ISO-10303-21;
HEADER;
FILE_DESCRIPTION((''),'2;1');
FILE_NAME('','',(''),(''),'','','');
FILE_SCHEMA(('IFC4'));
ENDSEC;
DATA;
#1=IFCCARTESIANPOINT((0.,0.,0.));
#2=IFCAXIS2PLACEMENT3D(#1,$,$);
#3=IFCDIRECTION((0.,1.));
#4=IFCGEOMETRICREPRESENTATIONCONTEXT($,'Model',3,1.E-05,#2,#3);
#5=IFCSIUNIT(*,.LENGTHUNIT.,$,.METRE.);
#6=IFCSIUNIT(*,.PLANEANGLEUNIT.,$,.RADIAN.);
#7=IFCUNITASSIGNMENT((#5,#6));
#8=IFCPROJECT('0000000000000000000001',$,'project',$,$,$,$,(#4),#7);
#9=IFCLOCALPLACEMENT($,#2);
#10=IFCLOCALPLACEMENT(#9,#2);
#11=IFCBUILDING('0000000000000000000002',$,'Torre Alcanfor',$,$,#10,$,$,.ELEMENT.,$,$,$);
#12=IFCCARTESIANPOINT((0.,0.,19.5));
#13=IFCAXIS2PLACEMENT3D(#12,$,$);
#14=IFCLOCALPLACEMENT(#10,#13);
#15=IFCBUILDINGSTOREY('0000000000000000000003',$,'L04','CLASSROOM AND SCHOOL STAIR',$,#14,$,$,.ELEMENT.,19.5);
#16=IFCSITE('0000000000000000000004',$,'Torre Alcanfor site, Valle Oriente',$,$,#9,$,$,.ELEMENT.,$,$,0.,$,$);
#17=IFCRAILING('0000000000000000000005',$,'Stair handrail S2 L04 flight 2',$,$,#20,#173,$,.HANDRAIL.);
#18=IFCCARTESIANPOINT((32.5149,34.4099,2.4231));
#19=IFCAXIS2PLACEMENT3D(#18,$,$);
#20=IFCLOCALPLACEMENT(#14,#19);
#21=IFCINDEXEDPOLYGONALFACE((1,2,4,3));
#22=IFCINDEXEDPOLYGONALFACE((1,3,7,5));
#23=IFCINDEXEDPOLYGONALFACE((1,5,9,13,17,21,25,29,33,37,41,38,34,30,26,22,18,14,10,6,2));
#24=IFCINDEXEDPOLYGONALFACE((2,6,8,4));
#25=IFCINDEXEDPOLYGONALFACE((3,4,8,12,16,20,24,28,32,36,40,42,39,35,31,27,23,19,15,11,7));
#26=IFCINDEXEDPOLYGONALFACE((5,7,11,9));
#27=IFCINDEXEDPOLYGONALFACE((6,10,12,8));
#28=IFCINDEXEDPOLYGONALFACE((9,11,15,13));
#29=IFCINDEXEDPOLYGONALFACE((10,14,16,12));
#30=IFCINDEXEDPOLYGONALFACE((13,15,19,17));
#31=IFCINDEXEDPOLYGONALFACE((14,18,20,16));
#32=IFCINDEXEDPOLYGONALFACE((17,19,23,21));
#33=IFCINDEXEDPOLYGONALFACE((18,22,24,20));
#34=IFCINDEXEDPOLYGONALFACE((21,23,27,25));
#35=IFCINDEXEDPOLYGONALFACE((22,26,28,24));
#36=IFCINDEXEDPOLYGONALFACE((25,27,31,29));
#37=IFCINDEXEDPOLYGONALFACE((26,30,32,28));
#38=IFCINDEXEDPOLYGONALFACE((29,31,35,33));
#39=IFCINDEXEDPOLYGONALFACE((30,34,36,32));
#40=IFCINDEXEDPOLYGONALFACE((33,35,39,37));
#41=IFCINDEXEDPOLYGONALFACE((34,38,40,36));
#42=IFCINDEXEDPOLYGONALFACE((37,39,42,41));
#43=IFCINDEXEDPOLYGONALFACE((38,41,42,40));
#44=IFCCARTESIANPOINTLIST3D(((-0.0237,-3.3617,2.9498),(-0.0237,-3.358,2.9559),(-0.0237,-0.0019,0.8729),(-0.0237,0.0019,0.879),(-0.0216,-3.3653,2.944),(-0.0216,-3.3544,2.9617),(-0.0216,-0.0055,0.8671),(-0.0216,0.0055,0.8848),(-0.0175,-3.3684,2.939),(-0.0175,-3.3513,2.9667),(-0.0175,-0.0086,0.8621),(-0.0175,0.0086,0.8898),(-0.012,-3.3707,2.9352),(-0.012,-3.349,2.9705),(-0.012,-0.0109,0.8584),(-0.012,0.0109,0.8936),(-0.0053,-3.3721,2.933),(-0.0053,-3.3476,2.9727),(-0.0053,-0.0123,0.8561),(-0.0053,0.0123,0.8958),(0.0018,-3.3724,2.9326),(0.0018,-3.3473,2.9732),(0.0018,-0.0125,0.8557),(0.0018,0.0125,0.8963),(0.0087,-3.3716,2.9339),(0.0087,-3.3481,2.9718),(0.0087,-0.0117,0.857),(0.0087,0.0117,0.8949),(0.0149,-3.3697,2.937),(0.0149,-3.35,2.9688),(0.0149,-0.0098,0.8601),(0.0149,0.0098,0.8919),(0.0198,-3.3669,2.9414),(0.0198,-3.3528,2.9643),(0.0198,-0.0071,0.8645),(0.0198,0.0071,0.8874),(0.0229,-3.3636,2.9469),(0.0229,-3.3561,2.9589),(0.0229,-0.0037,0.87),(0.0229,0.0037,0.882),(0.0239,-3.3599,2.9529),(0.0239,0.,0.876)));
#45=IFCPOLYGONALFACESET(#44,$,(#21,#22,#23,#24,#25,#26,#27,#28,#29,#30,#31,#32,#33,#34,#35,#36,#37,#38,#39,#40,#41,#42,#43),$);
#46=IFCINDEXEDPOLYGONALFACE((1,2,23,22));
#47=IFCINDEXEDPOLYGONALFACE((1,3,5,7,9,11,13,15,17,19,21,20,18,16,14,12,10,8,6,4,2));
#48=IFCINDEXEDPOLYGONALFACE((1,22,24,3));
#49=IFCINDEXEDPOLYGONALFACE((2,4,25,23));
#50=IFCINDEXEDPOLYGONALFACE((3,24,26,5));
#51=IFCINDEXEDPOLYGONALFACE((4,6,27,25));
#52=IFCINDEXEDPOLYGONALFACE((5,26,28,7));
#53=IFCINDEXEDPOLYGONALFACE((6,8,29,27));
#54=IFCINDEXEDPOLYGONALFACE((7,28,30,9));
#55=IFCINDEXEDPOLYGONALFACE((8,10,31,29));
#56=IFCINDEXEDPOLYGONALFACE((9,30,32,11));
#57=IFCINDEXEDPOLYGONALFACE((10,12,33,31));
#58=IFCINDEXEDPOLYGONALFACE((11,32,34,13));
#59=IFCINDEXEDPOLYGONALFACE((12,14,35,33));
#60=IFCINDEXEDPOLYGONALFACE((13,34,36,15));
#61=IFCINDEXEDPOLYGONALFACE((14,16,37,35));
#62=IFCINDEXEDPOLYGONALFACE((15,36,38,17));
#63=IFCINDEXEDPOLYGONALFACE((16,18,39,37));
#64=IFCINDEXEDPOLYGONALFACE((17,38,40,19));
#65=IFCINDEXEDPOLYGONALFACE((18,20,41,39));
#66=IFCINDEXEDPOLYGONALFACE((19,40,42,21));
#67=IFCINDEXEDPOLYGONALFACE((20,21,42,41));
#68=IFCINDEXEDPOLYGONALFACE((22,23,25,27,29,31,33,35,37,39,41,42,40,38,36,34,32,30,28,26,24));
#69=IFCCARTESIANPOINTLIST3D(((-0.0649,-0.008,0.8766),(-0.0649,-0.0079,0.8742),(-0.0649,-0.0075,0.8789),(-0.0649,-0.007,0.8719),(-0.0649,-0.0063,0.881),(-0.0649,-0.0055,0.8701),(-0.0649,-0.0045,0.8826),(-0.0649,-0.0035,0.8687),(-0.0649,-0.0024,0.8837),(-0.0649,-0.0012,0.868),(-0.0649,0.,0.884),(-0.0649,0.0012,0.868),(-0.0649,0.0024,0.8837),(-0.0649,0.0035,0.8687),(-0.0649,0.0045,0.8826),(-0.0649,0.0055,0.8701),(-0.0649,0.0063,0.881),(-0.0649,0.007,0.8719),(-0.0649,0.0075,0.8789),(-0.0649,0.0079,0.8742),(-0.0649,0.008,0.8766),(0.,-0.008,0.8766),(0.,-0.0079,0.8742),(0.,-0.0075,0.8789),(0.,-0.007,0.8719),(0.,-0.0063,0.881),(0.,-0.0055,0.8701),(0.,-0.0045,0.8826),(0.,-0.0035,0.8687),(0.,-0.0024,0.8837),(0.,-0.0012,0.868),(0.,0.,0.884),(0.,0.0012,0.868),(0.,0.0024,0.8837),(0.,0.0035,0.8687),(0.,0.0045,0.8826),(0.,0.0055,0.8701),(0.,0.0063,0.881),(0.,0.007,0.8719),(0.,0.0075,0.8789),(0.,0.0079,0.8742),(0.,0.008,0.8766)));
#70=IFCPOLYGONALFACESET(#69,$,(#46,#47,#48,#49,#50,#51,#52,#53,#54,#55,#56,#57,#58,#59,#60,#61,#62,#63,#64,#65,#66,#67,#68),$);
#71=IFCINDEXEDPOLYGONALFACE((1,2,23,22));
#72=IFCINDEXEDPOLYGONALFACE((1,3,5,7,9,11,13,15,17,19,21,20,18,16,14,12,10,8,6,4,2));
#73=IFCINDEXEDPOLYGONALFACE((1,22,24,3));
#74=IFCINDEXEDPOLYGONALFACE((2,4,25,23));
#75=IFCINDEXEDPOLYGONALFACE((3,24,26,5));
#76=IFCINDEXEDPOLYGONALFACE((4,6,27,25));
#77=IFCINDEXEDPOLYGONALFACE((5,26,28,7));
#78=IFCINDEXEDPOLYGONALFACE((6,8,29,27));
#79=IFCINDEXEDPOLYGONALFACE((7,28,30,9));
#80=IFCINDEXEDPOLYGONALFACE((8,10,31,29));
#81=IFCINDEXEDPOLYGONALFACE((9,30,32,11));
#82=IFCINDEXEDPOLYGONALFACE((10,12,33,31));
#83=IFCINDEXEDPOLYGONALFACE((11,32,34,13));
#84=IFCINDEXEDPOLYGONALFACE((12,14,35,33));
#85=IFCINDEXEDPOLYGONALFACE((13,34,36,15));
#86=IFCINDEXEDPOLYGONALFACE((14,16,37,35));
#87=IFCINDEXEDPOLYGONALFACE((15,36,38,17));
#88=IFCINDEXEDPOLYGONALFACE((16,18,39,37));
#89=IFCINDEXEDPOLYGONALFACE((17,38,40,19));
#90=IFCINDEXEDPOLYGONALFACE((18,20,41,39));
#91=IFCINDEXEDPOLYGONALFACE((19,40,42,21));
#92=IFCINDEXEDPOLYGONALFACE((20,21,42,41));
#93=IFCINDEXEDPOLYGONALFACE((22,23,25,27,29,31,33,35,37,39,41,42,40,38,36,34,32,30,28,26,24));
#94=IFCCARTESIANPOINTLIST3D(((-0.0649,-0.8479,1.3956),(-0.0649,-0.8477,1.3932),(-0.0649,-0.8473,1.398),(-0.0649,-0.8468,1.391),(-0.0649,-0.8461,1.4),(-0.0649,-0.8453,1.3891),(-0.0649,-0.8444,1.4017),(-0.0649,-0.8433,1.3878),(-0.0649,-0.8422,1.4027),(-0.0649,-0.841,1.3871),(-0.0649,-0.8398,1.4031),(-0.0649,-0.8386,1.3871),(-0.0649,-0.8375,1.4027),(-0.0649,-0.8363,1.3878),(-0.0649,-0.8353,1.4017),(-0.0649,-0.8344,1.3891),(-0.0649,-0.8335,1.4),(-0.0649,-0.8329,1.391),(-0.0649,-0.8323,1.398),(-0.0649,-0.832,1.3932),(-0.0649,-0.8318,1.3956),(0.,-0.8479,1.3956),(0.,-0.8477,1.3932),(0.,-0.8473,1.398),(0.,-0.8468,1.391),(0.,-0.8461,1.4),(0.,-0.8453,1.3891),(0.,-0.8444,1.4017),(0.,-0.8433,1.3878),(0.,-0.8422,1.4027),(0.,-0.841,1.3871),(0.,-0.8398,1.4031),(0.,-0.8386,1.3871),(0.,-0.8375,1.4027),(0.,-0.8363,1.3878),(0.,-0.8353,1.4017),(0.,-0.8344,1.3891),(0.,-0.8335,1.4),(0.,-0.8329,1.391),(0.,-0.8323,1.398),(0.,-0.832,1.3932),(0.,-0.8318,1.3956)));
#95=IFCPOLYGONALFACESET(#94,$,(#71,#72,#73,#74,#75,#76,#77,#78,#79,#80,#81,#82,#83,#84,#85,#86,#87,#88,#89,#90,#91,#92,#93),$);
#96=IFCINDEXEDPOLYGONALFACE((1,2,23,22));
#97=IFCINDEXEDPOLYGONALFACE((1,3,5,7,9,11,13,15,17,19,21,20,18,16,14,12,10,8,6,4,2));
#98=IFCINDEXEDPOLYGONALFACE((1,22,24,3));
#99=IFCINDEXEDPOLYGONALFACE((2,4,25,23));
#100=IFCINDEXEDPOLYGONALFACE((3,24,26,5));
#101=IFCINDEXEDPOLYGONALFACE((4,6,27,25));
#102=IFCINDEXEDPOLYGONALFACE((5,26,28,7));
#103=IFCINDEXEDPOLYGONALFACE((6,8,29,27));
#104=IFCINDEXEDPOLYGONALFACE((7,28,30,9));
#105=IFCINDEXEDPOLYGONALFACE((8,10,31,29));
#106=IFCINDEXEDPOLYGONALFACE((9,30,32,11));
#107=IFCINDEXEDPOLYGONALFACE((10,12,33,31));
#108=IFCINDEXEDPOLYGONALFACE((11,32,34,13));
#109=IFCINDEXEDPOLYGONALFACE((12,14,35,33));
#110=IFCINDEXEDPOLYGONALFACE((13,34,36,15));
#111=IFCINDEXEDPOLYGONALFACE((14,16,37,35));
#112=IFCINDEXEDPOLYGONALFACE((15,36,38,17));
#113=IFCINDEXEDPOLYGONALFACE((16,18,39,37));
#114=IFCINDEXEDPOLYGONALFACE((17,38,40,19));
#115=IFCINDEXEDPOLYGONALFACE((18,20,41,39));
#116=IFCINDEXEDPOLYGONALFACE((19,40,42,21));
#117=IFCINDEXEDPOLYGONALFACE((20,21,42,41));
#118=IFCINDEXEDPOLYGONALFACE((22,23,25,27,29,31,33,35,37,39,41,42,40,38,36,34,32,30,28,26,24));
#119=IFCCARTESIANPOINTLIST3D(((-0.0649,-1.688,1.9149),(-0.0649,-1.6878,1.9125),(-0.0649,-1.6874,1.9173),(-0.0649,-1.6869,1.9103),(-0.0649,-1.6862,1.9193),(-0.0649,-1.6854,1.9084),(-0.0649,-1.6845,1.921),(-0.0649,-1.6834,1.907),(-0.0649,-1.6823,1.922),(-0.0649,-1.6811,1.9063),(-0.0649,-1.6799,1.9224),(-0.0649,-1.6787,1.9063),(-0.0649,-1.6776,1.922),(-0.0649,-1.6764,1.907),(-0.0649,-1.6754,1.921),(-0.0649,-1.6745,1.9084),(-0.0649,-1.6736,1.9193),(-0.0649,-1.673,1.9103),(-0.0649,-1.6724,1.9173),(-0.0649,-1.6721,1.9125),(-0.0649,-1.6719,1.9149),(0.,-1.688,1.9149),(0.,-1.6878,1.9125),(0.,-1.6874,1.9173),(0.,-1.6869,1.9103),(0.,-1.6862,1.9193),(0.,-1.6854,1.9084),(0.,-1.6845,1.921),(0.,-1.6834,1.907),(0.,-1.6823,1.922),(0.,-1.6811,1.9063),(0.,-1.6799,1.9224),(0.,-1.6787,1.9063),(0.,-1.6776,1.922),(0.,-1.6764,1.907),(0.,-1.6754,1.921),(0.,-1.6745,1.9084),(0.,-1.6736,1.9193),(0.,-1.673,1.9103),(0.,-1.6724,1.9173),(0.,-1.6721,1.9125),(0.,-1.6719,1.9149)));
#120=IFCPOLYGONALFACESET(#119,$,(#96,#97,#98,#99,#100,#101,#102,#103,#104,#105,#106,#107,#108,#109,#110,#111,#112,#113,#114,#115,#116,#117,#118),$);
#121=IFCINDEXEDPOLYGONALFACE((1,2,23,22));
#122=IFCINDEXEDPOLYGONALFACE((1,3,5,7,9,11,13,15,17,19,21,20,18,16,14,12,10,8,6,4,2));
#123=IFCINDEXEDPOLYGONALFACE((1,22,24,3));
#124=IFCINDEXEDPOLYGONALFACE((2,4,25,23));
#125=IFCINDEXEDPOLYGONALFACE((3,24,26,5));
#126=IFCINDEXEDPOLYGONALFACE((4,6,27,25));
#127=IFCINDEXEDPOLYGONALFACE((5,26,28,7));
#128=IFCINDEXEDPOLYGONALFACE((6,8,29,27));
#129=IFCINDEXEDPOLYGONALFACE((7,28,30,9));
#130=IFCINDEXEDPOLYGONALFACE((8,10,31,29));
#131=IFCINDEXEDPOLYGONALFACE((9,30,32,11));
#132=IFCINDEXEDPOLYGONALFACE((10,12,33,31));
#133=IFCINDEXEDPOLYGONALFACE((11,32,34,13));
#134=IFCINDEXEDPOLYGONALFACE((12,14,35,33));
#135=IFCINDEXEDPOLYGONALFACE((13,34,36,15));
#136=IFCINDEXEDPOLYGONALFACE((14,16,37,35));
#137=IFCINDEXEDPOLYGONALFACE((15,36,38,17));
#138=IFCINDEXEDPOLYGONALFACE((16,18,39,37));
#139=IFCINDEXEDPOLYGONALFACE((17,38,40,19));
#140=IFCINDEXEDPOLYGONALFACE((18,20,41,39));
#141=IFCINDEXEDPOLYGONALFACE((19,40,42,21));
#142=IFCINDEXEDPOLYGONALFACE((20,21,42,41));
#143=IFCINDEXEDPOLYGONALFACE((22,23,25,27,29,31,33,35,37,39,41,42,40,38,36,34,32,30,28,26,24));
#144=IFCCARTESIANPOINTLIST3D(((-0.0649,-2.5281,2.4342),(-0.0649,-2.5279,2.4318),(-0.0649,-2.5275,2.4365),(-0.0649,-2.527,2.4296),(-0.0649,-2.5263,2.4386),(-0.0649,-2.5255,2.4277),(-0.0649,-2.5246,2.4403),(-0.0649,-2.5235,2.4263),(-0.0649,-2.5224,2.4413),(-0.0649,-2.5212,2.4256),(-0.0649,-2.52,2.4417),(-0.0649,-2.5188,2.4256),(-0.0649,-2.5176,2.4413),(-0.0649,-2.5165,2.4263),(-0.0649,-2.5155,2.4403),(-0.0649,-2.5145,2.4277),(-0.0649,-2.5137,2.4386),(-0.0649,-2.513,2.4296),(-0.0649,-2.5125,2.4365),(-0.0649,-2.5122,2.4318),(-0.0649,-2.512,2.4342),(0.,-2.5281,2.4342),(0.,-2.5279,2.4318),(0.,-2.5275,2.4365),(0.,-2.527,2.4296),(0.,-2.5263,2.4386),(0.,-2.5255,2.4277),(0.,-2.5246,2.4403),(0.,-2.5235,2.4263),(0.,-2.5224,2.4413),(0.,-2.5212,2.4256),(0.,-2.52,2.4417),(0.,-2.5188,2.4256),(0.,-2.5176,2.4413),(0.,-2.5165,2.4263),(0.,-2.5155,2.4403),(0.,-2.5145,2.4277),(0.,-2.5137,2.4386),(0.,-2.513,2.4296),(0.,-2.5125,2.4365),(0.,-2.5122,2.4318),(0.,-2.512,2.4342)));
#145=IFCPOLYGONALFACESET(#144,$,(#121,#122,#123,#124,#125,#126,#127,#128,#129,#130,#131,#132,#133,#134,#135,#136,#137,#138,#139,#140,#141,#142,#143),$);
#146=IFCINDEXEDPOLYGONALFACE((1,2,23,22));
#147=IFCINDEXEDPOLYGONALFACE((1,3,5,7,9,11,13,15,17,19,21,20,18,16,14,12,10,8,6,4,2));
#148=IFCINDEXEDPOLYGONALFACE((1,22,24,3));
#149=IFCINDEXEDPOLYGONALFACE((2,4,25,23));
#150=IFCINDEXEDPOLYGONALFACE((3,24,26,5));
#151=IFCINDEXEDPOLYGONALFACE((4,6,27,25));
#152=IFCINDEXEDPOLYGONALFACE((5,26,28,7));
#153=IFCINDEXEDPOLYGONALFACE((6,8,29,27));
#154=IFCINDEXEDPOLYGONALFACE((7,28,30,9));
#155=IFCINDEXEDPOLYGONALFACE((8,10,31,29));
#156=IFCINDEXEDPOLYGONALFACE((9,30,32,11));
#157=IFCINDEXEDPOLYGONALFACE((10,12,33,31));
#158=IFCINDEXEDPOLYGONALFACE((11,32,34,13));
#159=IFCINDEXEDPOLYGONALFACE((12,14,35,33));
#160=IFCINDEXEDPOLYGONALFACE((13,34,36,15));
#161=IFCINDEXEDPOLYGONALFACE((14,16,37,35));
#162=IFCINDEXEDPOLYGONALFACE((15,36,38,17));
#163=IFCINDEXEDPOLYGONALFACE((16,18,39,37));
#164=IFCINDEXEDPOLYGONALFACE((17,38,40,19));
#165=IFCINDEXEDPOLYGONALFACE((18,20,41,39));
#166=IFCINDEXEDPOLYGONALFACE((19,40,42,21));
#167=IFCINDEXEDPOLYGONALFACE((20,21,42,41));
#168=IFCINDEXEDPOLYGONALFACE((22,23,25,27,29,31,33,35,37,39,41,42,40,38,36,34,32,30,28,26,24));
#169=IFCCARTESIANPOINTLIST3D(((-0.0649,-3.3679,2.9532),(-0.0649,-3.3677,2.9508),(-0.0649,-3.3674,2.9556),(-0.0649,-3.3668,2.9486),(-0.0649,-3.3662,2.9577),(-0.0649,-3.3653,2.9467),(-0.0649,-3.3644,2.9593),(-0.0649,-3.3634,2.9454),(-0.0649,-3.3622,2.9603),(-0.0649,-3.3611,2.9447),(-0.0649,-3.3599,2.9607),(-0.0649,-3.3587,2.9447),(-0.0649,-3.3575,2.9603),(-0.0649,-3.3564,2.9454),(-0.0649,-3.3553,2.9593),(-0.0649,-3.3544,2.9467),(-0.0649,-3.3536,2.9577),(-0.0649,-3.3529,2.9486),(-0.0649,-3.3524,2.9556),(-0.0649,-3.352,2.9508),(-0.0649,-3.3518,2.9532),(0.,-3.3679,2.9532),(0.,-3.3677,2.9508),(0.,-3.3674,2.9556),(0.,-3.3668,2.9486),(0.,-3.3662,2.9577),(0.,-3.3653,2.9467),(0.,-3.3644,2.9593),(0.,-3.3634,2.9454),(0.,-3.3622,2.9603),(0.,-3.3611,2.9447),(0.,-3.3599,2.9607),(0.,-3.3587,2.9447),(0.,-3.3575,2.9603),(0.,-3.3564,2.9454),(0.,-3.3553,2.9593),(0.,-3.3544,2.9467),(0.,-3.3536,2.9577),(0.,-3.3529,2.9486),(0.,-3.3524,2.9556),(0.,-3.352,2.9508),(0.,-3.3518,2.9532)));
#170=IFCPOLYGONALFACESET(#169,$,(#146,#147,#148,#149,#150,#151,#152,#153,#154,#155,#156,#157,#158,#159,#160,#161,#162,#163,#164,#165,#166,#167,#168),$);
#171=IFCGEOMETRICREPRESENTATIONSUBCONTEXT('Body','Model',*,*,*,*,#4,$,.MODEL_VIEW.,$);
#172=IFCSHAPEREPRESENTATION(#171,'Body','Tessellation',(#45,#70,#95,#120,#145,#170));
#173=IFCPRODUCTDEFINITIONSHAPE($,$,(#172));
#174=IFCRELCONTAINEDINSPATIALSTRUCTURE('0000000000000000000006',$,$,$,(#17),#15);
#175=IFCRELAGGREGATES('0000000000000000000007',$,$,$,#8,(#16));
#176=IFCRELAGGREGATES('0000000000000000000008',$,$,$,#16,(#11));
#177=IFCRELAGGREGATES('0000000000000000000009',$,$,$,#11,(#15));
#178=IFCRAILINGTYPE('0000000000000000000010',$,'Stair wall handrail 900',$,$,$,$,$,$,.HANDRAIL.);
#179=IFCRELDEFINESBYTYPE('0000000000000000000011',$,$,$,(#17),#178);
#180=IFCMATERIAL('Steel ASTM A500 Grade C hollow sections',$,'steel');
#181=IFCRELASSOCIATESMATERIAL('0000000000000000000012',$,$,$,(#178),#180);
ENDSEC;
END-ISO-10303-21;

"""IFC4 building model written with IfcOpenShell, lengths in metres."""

from ifc_helpers import new_model, si_unit, direction, frame, origin, origin_2d, place, context, subcontext, project, spatial, circle, extrude, material, type_object, element, save


model = new_model("IFC4")

# Units and contexts
model_context = context("Model", 3, precision=1e-05, world=origin(), true_north=direction((0.0, 1.0)))
body_context = subcontext(model_context, "Body", "Model", "MODEL_VIEW")
ifc_project = project(units=[si_unit("LENGTHUNIT", "METRE"), si_unit("PLANEANGLEUNIT", "RADIAN")], contexts=[model_context])

# Site, building, storey
site_placement = place(None, origin())
site = spatial("IfcSite", under=ifc_project, at=site_placement, Name="Torre Alcanfor site, Valle Oriente", CompositionType="ELEMENT", RefElevation=0.0)
building_placement = place(site_placement, origin())
building = spatial("IfcBuilding", under=site, at=building_placement, Name="Torre Alcanfor", CompositionType="ELEMENT")
storey_placement = place(building_placement, frame((0.0, 0.0, 19.5)))
storey = spatial("IfcBuildingStorey", under=building, at=storey_placement, Name="L04", Description="CLASSROOM AND SCHOOL STAIR", CompositionType="ELEMENT", Elevation=19.5)

# Railing
ifc_material_1 = material(Name="Steel ASTM A500 Grade C hollow sections", Category="steel")
railing_type_1 = type_object("IfcRailingType", Name="Stair wall handrail 900", PredefinedType="HANDRAIL", material=ifc_material_1)
railing_1_placement = place(storey_placement, frame((32.5149, 34.4099, 2.4231)))
element("IfcRailing", 1, at=railing_1_placement, inside=storey, type_object=railing_type_1, Name="Stair handrail S2 L04 flight 2", PredefinedType="HANDRAIL", context=body_context, shape_type="SweptSolid", body=[
    extrude(circle(Radius=0.0239, at=origin_2d()), frame((0.0, 0.0, 0.876), z_axis=(0.0, -0.850606, 0.525803), x_axis=(1.0, 0.0, 0.0)), (0.0, 0.0, 1.0), 3.95),
    extrude(circle(Radius=0.0081, at=origin_2d()), frame((0.0, 0.0, 0.876), z_axis=(-1.0, 0.0, 0.0), x_axis=(0.0, 0.0, 1.0)), (0.0, 0.0, 1.0), 0.0649),
    extrude(circle(Radius=0.0081, at=origin_2d()), frame((0.0, -0.8398, 1.395), z_axis=(-1.0, 0.0, 0.0), x_axis=(0.0, 0.0, 1.0)), (0.0, 0.0, 1.0), 0.0649),
    extrude(circle(Radius=0.0081, at=origin_2d()), frame((0.0, -1.6799, 1.9143), z_axis=(-1.0, 0.0, 0.0), x_axis=(0.0, 0.0, 1.0)), (0.0, 0.0, 1.0), 0.0649),
    extrude(circle(Radius=0.0081, at=origin_2d()), frame((0.0, -2.52, 2.4336), z_axis=(-1.0, 0.0, 0.0), x_axis=(0.0, 0.0, 1.0)), (0.0, 0.0, 1.0), 0.0649),
    extrude(circle(Radius=0.0081, at=origin_2d()), frame((0.0, -3.3599, 2.9526), z_axis=(-1.0, 0.0, 0.0), x_axis=(0.0, 0.0, 1.0)), (0.0, 0.0, 1.0), 0.0649),
])

save(model, "model.ifc")
